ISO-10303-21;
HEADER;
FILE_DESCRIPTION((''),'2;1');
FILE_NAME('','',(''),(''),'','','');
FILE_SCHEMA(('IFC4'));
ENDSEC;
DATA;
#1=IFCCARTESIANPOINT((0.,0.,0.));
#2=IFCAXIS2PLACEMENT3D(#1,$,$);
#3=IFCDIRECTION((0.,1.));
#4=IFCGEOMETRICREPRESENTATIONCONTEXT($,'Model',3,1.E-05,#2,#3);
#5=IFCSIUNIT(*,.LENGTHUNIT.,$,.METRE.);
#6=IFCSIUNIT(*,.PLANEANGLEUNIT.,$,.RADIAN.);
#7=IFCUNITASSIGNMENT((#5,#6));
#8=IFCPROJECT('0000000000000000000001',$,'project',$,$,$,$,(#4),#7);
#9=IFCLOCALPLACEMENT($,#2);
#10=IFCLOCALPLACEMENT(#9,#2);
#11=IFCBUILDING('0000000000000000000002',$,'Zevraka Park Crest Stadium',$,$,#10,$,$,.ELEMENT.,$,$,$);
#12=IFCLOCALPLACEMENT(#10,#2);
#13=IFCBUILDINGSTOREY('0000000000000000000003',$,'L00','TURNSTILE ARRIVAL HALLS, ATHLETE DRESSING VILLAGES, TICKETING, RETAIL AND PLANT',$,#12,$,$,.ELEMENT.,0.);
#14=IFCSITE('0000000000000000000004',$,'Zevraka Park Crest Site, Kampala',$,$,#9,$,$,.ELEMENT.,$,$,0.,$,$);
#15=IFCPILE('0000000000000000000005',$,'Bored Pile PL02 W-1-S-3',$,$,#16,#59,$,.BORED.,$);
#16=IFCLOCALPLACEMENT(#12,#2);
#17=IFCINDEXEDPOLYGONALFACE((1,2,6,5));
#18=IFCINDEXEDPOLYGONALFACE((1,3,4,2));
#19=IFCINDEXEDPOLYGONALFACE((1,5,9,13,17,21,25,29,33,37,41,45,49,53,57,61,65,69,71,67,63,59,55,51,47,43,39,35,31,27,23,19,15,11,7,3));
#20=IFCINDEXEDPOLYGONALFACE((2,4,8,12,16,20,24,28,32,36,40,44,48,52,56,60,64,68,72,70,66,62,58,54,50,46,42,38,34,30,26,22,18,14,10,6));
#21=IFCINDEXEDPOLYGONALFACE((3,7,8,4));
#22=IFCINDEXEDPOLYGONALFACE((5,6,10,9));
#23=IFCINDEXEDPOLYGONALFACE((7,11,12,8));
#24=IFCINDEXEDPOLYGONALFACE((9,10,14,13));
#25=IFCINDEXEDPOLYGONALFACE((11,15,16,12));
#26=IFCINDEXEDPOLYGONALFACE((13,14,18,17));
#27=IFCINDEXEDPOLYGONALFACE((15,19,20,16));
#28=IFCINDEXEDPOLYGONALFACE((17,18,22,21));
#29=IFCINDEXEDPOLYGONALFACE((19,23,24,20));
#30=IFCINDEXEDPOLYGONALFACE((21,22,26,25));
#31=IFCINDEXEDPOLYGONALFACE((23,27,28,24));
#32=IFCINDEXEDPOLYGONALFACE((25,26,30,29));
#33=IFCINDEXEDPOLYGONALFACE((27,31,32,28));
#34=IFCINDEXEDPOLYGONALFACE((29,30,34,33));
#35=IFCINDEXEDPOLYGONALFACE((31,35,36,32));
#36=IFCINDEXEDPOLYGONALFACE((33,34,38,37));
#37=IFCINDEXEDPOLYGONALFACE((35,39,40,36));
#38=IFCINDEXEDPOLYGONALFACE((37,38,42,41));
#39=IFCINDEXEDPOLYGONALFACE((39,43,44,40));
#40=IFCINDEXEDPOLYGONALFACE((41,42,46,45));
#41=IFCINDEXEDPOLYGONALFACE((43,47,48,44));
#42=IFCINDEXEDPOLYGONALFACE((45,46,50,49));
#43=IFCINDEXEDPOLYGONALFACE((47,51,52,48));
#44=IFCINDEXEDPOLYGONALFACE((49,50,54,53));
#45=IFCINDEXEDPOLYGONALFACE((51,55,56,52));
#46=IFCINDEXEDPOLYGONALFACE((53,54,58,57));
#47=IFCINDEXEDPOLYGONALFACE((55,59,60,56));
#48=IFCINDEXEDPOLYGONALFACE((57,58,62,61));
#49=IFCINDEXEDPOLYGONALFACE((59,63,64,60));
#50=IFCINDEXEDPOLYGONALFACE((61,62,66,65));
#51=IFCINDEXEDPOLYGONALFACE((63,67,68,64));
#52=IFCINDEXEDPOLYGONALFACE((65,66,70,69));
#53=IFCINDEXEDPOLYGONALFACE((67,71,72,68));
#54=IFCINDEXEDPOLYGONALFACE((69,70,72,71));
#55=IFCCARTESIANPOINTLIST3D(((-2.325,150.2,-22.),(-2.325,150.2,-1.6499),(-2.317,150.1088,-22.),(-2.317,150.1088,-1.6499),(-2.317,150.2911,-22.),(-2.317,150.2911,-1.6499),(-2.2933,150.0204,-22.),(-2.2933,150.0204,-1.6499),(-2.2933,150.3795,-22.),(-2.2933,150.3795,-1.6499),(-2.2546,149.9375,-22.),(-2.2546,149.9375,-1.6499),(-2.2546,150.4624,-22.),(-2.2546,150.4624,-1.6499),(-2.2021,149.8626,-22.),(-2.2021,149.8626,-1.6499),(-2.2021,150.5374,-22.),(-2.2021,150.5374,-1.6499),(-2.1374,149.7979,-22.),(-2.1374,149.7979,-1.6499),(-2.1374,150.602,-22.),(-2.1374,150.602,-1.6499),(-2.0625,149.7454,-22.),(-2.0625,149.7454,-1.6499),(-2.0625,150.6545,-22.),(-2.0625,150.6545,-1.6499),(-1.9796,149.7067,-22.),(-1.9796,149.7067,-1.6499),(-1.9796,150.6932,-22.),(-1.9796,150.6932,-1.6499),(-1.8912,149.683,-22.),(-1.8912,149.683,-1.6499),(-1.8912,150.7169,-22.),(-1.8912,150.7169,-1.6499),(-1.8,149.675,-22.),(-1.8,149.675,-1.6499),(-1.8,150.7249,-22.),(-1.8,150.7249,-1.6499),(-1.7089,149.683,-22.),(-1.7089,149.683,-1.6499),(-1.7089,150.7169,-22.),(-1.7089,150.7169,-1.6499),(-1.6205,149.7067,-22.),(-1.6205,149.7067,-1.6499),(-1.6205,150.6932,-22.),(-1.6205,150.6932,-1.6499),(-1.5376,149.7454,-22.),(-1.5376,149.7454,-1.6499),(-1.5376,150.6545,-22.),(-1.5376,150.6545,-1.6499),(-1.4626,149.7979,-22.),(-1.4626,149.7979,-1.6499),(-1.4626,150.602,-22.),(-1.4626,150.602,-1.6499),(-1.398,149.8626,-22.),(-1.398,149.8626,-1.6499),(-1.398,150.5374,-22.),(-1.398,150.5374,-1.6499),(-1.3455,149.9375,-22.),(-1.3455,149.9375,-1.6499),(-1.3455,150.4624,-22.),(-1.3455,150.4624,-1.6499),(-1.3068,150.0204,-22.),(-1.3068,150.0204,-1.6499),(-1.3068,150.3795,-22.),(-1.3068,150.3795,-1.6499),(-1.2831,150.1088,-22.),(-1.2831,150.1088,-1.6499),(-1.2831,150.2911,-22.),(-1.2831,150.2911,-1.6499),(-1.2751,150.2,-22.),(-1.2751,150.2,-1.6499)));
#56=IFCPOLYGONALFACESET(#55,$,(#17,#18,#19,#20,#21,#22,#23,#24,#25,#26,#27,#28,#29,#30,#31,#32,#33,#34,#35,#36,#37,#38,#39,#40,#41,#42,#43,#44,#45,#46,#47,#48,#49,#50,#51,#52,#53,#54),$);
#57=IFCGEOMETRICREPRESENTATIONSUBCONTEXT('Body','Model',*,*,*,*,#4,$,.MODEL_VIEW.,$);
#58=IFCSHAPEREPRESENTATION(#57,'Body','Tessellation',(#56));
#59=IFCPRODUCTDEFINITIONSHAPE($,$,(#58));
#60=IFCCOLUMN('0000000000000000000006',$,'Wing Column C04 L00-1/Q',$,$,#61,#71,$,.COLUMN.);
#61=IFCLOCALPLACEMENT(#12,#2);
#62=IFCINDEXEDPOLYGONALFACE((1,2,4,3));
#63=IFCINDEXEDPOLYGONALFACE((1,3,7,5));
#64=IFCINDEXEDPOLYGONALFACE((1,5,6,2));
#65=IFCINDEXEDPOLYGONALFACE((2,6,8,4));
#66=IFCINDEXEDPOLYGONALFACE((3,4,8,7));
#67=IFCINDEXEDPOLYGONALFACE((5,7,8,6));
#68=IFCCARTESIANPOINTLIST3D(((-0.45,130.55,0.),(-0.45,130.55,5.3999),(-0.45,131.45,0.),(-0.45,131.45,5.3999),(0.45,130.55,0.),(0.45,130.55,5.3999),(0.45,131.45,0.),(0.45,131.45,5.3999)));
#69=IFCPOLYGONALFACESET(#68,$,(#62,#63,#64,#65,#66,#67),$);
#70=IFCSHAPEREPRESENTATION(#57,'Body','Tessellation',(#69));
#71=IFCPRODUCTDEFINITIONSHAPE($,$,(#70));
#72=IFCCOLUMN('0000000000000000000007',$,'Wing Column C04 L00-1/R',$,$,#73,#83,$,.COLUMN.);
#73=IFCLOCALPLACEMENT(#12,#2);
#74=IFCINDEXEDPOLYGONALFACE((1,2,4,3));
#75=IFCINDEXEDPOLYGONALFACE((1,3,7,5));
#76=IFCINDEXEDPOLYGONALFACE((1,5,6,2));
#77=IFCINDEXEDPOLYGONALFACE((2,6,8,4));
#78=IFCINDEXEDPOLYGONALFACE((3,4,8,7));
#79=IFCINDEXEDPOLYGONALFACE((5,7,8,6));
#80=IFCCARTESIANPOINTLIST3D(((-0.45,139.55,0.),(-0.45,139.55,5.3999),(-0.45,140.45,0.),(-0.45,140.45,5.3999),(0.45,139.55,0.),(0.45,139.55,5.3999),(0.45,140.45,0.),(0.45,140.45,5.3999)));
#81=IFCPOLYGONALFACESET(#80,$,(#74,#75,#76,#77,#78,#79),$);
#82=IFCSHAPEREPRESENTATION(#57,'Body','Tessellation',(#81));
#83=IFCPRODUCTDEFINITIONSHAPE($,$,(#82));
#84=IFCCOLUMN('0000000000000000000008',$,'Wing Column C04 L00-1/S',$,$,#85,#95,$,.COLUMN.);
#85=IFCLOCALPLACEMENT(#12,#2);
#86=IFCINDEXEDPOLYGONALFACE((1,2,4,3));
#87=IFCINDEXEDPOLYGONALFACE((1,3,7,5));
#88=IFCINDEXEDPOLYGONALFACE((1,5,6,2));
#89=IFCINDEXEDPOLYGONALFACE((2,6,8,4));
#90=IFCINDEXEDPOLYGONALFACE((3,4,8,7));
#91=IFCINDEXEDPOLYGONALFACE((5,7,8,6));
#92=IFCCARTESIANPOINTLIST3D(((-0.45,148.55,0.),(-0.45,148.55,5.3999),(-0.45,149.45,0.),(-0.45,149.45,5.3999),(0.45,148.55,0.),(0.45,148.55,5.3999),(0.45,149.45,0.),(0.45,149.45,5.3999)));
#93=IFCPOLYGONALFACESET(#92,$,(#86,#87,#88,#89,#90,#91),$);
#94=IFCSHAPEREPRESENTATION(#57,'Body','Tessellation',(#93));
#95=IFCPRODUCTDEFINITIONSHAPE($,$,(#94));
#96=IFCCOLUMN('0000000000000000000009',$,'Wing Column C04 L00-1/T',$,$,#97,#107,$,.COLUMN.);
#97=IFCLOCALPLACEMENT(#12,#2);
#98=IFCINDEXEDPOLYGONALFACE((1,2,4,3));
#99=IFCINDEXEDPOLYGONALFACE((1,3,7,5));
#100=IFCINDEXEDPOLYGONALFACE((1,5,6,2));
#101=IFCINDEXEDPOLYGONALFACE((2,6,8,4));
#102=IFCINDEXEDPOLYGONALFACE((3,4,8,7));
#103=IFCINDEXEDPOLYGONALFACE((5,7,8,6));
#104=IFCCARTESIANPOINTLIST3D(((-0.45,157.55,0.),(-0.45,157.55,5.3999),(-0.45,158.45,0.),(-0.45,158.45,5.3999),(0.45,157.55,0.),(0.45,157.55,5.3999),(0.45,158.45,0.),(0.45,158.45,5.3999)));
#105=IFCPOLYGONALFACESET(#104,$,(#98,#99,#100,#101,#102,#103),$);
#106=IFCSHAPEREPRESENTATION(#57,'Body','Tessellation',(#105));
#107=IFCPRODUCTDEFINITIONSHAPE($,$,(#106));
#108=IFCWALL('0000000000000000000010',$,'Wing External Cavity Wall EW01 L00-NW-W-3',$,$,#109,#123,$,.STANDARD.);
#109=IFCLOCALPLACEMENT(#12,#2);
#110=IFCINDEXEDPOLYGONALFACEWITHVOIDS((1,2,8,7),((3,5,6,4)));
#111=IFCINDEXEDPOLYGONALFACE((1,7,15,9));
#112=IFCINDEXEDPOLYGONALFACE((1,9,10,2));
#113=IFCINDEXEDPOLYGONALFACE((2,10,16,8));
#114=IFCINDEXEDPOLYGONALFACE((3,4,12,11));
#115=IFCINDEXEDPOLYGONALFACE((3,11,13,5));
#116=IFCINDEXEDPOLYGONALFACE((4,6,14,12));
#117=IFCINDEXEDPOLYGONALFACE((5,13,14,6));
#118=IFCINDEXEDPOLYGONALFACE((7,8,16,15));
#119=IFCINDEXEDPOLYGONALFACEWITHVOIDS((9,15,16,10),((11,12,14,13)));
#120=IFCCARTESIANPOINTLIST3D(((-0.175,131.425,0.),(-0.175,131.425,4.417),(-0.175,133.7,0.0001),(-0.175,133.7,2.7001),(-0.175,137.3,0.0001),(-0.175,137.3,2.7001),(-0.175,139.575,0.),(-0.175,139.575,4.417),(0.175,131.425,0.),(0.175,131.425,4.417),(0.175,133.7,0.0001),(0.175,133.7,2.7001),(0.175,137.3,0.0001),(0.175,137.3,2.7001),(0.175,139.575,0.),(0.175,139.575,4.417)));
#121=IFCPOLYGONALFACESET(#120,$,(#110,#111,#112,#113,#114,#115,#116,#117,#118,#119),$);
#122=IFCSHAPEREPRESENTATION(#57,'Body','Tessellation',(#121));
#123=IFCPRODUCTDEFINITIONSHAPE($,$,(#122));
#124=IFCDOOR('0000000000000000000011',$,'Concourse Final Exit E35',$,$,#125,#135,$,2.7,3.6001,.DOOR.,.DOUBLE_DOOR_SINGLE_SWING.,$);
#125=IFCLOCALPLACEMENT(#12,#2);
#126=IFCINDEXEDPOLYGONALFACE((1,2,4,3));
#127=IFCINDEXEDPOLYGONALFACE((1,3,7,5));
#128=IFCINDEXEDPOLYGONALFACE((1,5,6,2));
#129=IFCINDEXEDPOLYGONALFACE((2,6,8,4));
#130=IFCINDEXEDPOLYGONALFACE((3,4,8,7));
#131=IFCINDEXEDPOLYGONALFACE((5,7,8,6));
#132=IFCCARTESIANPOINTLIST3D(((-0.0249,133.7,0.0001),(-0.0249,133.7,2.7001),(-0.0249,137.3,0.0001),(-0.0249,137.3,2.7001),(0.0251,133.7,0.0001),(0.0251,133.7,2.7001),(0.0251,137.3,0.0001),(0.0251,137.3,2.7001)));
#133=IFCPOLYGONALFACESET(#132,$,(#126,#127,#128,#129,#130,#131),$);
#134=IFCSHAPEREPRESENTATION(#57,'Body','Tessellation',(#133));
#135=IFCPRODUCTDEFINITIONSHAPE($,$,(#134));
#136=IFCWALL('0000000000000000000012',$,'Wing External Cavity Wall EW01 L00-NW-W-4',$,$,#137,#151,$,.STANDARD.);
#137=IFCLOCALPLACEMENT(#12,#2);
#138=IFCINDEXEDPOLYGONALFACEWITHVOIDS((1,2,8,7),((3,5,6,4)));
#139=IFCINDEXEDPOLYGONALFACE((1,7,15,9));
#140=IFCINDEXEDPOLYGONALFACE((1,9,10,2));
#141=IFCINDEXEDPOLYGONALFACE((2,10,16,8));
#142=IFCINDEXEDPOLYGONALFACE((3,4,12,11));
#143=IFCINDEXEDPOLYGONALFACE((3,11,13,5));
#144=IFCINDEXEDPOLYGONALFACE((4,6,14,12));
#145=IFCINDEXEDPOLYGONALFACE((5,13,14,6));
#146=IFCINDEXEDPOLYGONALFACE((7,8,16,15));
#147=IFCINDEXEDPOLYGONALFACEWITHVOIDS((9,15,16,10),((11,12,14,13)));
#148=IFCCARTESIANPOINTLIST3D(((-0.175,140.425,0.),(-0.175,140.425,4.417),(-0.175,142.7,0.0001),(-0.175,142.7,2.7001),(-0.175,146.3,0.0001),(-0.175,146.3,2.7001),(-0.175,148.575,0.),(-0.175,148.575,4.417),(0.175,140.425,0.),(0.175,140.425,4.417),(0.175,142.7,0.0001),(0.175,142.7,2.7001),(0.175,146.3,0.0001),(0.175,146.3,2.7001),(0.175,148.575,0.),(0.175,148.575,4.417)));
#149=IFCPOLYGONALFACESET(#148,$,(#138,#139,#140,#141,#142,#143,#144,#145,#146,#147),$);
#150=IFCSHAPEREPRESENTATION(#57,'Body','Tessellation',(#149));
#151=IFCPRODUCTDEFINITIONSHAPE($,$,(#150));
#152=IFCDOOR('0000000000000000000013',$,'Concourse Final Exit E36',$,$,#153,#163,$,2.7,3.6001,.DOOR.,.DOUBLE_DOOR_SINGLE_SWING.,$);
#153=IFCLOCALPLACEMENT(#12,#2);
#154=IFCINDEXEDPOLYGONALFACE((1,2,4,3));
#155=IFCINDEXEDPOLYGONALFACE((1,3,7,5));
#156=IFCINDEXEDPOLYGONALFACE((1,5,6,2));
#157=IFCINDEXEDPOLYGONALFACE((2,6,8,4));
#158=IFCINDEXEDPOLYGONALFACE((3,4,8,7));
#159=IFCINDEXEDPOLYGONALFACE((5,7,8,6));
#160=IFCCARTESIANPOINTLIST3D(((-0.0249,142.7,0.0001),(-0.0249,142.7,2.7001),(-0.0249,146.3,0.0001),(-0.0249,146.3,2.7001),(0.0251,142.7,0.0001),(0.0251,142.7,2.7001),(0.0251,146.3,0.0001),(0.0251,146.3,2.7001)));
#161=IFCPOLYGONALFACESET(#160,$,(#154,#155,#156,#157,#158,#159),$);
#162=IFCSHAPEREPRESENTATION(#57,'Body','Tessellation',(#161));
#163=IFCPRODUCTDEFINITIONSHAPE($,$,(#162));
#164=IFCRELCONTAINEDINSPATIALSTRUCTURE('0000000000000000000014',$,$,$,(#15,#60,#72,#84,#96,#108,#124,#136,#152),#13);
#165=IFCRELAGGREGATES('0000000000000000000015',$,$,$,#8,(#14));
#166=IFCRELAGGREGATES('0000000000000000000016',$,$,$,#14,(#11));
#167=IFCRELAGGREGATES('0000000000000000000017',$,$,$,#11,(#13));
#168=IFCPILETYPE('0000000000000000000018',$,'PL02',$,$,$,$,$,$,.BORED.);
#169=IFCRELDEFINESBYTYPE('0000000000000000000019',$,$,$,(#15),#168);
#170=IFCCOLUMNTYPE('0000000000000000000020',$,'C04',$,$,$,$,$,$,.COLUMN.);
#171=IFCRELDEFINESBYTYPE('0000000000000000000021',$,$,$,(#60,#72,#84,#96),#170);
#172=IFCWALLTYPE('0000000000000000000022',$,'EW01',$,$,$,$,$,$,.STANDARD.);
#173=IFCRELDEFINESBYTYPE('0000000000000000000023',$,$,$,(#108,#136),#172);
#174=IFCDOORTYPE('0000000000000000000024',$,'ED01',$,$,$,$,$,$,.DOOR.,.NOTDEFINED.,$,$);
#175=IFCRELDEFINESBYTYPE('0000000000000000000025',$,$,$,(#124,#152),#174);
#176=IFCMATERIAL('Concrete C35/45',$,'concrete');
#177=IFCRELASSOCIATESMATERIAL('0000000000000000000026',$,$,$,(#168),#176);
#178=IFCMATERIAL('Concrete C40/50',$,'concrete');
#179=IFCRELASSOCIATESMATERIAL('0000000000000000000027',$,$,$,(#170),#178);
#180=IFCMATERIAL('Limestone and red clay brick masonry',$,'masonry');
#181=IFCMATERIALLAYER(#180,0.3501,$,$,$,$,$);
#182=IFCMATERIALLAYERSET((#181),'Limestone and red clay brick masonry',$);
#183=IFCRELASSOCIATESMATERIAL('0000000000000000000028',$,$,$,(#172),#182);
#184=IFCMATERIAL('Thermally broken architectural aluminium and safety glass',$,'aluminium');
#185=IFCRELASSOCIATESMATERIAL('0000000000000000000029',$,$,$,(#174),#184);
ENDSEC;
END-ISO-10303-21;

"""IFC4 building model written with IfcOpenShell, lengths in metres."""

from ifc_helpers import new_model, si_unit, direction, frame, frame_2d, origin, origin_2d, place, context, subcontext, project, spatial, rectangle, circle, extrude, material, layer, layer_set, material_profile, profile_set, type_object, element, fill, save


model = new_model("IFC4")

# Units and contexts
model_context = context("Model", 3, precision=1e-05, world=origin(), true_north=direction((0.0, 1.0)))
body_context = subcontext(model_context, "Body", "Model", "MODEL_VIEW")
ifc_project = project(units=[si_unit("LENGTHUNIT", "METRE"), si_unit("PLANEANGLEUNIT", "RADIAN")], contexts=[model_context])

# Site, building, storey
site_placement = place(None, origin())
site = spatial("IfcSite", under=ifc_project, at=site_placement, Name="Zevraka Park Crest Site, Kampala", CompositionType="ELEMENT", RefElevation=0.0)
building_placement = place(site_placement, origin())
building = spatial("IfcBuilding", under=site, at=building_placement, Name="Zevraka Park Crest Stadium", CompositionType="ELEMENT")
storey_placement = place(building_placement, origin())
storey = spatial("IfcBuildingStorey", under=building, at=storey_placement, Name="L00", Description="TURNSTILE ARRIVAL HALLS, ATHLETE DRESSING VILLAGES, TICKETING, RETAIL AND PLANT", CompositionType="ELEMENT", Elevation=0.0)

# Pile
ifc_material_1 = material(Name="Concrete C35/45", Category="concrete")
ifc_material_profile_1 = material_profile(ifc_material_1, circle(Radius=0.5249, at=origin_2d()), Name="PILE D1050")
ifc_profile_set_1 = profile_set([ifc_material_profile_1], Name="Concrete C35/45")
pile_type_1 = type_object("IfcPileType", Name="PL02", PredefinedType="BORED", material=ifc_profile_set_1)
for number, where, z_axis, x_axis, name in (
    (1, (-1.8, 150.2, -1.6499), (0.0, 0.0, -1.0), (1.0, 0.0, 0.0), "Bored Pile PL02 W-1-S-3"),
):
    element("IfcPile", number, at=place(storey_placement, frame(where, z_axis=z_axis, x_axis=x_axis)), inside=storey, type_object=pile_type_1, Name=name, PredefinedType="BORED", context=body_context, shape_type="SweptSolid", body=[
        extrude(circle(Radius=0.5249, at=origin_2d()), origin(), (0.0, 0.0, 1.0), 20.3501),
    ])

# Columns
ifc_material_2 = material(Name="Concrete C40/50", Category="concrete")
ifc_material_profile_2 = material_profile(ifc_material_2, rectangle(XDim=0.8999, YDim=0.8999, at=origin_2d()), Name="RC 900x900")
ifc_profile_set_2 = profile_set([ifc_material_profile_2], Name="Concrete C40/50")
column_type = type_object("IfcColumnType", Name="C04", PredefinedType="COLUMN", material=ifc_profile_set_2)
for number, where, z_axis, x_axis, name in (
    (2, (0.0, 131.0, 0.0), (0.0, 0.0, 1.0), (1.0, 0.0, 0.0), "Wing Column C04 L00-1/Q"),
    (3, (0.0, 140.0, 0.0), (0.0, 0.0, 1.0), (1.0, 0.0, 0.0), "Wing Column C04 L00-1/R"),
    (4, (0.0, 149.0, 0.0), (0.0, 0.0, 1.0), (1.0, 0.0, 0.0), "Wing Column C04 L00-1/S"),
    (5, (0.0, 158.0, 0.0), (0.0, 0.0, 1.0), (1.0, 0.0, 0.0), "Wing Column C04 L00-1/T"),
):
    element("IfcColumn", number, at=place(storey_placement, frame(where, z_axis=z_axis, x_axis=x_axis)), inside=storey, type_object=column_type, Name=name, PredefinedType="COLUMN", context=body_context, shape_type="SweptSolid", body=[
        extrude(rectangle(XDim=0.8999, YDim=0.8999, at=origin_2d()), origin(), (0.0, 0.0, 1.0), 5.3999),
    ])

# Walls, openings, doors
ifc_material_3 = material(Name="Limestone and red clay brick masonry", Category="masonry")
ifc_layer = layer(ifc_material_3, 0.3501)
ifc_layer_set = layer_set([ifc_layer], Name="Limestone and red clay brick masonry")
wall_type = type_object("IfcWallType", Name="EW01", PredefinedType="STANDARD", material=ifc_layer_set)
wall_1_placement = place(storey_placement, frame((0.0, 131.425, 0.0), z_axis=(0.0, 0.0, 1.0), x_axis=(0.0, 1.0, 0.0)))
wall_1 = element("IfcWall", 6, at=wall_1_placement, inside=storey, type_object=wall_type, Name="Wing External Cavity Wall EW01 L00-NW-W-3", PredefinedType="STANDARD", context=body_context, shape_type="SweptSolid", body=[
    extrude(rectangle(XDim=8.1499, YDim=0.3501, at=frame_2d((4.075, 0.0))), origin(), (0.0, 0.0, 1.0), 4.417),
])
opening_1_placement = place(wall_1_placement, frame((2.2749, 0.0, 0.0)))
opening_1 = element("IfcOpeningElement", 7, at=opening_1_placement, cuts=wall_1, PredefinedType="OPENING", context=body_context, shape_type="SweptSolid", body=[
    extrude(rectangle(XDim=3.6001, YDim=2.7, at=frame_2d((1.8, 1.3501))), frame((0.0, 0.1851, 0.0), z_axis=(0.0, -1.0, 0.0), x_axis=(1.0, 0.0, 0.0)), (0.0, 0.0, 1.0), 0.3701),
])
ifc_material_4 = material(Name="Thermally broken architectural aluminium and safety glass", Category="aluminium")
door_type = type_object("IfcDoorType", Name="ED01", OperationType="NOTDEFINED", PredefinedType="DOOR", material=ifc_material_4)
door_1_placement = place(opening_1_placement, origin())
door_1 = element("IfcDoor", 8, at=door_1_placement, inside=storey, type_object=door_type, Name="Concourse Final Exit E35", OperationType="DOUBLE_DOOR_SINGLE_SWING", OverallHeight=2.7, OverallWidth=3.6001, PredefinedType="DOOR", context=body_context, shape_type="SweptSolid", body=[
    extrude(rectangle(XDim=3.6001, YDim=2.7, at=frame_2d((1.8, 1.3501))), frame((0.0, 0.0249, 0.0), z_axis=(0.0, -1.0, 0.0), x_axis=(1.0, 0.0, 0.0)), (0.0, 0.0, 1.0), 0.05),
])
fill(opening_1, door_1)
wall_2_placement = place(storey_placement, frame((0.0, 140.425, 0.0), z_axis=(0.0, 0.0, 1.0), x_axis=(0.0, 1.0, 0.0)))
wall_2 = element("IfcWall", 9, at=wall_2_placement, inside=storey, type_object=wall_type, Name="Wing External Cavity Wall EW01 L00-NW-W-4", PredefinedType="STANDARD", context=body_context, shape_type="SweptSolid", body=[
    extrude(rectangle(XDim=8.1499, YDim=0.3501, at=frame_2d((4.075, 0.0))), origin(), (0.0, 0.0, 1.0), 4.417),
])
opening_2_placement = place(wall_2_placement, frame((2.2749, 0.0, 0.0)))
opening_2 = element("IfcOpeningElement", 10, at=opening_2_placement, cuts=wall_2, PredefinedType="OPENING", context=body_context, shape_type="SweptSolid", body=[
    extrude(rectangle(XDim=3.6001, YDim=2.7, at=frame_2d((1.8, 1.3501))), frame((0.0, 0.1851, 0.0), z_axis=(0.0, -1.0, 0.0), x_axis=(1.0, 0.0, 0.0)), (0.0, 0.0, 1.0), 0.3701),
])
door_2_placement = place(opening_2_placement, origin())
door_2 = element("IfcDoor", 11, at=door_2_placement, inside=storey, type_object=door_type, Name="Concourse Final Exit E36", OperationType="DOUBLE_DOOR_SINGLE_SWING", OverallHeight=2.7, OverallWidth=3.6001, PredefinedType="DOOR", context=body_context, shape_type="SweptSolid", body=[
    extrude(rectangle(XDim=3.6001, YDim=2.7, at=frame_2d((1.8, 1.3501))), frame((0.0, 0.0249, 0.0), z_axis=(0.0, -1.0, 0.0), x_axis=(1.0, 0.0, 0.0)), (0.0, 0.0, 1.0), 0.05),
])
fill(opening_2, door_2)

save(model, "model.ifc")
